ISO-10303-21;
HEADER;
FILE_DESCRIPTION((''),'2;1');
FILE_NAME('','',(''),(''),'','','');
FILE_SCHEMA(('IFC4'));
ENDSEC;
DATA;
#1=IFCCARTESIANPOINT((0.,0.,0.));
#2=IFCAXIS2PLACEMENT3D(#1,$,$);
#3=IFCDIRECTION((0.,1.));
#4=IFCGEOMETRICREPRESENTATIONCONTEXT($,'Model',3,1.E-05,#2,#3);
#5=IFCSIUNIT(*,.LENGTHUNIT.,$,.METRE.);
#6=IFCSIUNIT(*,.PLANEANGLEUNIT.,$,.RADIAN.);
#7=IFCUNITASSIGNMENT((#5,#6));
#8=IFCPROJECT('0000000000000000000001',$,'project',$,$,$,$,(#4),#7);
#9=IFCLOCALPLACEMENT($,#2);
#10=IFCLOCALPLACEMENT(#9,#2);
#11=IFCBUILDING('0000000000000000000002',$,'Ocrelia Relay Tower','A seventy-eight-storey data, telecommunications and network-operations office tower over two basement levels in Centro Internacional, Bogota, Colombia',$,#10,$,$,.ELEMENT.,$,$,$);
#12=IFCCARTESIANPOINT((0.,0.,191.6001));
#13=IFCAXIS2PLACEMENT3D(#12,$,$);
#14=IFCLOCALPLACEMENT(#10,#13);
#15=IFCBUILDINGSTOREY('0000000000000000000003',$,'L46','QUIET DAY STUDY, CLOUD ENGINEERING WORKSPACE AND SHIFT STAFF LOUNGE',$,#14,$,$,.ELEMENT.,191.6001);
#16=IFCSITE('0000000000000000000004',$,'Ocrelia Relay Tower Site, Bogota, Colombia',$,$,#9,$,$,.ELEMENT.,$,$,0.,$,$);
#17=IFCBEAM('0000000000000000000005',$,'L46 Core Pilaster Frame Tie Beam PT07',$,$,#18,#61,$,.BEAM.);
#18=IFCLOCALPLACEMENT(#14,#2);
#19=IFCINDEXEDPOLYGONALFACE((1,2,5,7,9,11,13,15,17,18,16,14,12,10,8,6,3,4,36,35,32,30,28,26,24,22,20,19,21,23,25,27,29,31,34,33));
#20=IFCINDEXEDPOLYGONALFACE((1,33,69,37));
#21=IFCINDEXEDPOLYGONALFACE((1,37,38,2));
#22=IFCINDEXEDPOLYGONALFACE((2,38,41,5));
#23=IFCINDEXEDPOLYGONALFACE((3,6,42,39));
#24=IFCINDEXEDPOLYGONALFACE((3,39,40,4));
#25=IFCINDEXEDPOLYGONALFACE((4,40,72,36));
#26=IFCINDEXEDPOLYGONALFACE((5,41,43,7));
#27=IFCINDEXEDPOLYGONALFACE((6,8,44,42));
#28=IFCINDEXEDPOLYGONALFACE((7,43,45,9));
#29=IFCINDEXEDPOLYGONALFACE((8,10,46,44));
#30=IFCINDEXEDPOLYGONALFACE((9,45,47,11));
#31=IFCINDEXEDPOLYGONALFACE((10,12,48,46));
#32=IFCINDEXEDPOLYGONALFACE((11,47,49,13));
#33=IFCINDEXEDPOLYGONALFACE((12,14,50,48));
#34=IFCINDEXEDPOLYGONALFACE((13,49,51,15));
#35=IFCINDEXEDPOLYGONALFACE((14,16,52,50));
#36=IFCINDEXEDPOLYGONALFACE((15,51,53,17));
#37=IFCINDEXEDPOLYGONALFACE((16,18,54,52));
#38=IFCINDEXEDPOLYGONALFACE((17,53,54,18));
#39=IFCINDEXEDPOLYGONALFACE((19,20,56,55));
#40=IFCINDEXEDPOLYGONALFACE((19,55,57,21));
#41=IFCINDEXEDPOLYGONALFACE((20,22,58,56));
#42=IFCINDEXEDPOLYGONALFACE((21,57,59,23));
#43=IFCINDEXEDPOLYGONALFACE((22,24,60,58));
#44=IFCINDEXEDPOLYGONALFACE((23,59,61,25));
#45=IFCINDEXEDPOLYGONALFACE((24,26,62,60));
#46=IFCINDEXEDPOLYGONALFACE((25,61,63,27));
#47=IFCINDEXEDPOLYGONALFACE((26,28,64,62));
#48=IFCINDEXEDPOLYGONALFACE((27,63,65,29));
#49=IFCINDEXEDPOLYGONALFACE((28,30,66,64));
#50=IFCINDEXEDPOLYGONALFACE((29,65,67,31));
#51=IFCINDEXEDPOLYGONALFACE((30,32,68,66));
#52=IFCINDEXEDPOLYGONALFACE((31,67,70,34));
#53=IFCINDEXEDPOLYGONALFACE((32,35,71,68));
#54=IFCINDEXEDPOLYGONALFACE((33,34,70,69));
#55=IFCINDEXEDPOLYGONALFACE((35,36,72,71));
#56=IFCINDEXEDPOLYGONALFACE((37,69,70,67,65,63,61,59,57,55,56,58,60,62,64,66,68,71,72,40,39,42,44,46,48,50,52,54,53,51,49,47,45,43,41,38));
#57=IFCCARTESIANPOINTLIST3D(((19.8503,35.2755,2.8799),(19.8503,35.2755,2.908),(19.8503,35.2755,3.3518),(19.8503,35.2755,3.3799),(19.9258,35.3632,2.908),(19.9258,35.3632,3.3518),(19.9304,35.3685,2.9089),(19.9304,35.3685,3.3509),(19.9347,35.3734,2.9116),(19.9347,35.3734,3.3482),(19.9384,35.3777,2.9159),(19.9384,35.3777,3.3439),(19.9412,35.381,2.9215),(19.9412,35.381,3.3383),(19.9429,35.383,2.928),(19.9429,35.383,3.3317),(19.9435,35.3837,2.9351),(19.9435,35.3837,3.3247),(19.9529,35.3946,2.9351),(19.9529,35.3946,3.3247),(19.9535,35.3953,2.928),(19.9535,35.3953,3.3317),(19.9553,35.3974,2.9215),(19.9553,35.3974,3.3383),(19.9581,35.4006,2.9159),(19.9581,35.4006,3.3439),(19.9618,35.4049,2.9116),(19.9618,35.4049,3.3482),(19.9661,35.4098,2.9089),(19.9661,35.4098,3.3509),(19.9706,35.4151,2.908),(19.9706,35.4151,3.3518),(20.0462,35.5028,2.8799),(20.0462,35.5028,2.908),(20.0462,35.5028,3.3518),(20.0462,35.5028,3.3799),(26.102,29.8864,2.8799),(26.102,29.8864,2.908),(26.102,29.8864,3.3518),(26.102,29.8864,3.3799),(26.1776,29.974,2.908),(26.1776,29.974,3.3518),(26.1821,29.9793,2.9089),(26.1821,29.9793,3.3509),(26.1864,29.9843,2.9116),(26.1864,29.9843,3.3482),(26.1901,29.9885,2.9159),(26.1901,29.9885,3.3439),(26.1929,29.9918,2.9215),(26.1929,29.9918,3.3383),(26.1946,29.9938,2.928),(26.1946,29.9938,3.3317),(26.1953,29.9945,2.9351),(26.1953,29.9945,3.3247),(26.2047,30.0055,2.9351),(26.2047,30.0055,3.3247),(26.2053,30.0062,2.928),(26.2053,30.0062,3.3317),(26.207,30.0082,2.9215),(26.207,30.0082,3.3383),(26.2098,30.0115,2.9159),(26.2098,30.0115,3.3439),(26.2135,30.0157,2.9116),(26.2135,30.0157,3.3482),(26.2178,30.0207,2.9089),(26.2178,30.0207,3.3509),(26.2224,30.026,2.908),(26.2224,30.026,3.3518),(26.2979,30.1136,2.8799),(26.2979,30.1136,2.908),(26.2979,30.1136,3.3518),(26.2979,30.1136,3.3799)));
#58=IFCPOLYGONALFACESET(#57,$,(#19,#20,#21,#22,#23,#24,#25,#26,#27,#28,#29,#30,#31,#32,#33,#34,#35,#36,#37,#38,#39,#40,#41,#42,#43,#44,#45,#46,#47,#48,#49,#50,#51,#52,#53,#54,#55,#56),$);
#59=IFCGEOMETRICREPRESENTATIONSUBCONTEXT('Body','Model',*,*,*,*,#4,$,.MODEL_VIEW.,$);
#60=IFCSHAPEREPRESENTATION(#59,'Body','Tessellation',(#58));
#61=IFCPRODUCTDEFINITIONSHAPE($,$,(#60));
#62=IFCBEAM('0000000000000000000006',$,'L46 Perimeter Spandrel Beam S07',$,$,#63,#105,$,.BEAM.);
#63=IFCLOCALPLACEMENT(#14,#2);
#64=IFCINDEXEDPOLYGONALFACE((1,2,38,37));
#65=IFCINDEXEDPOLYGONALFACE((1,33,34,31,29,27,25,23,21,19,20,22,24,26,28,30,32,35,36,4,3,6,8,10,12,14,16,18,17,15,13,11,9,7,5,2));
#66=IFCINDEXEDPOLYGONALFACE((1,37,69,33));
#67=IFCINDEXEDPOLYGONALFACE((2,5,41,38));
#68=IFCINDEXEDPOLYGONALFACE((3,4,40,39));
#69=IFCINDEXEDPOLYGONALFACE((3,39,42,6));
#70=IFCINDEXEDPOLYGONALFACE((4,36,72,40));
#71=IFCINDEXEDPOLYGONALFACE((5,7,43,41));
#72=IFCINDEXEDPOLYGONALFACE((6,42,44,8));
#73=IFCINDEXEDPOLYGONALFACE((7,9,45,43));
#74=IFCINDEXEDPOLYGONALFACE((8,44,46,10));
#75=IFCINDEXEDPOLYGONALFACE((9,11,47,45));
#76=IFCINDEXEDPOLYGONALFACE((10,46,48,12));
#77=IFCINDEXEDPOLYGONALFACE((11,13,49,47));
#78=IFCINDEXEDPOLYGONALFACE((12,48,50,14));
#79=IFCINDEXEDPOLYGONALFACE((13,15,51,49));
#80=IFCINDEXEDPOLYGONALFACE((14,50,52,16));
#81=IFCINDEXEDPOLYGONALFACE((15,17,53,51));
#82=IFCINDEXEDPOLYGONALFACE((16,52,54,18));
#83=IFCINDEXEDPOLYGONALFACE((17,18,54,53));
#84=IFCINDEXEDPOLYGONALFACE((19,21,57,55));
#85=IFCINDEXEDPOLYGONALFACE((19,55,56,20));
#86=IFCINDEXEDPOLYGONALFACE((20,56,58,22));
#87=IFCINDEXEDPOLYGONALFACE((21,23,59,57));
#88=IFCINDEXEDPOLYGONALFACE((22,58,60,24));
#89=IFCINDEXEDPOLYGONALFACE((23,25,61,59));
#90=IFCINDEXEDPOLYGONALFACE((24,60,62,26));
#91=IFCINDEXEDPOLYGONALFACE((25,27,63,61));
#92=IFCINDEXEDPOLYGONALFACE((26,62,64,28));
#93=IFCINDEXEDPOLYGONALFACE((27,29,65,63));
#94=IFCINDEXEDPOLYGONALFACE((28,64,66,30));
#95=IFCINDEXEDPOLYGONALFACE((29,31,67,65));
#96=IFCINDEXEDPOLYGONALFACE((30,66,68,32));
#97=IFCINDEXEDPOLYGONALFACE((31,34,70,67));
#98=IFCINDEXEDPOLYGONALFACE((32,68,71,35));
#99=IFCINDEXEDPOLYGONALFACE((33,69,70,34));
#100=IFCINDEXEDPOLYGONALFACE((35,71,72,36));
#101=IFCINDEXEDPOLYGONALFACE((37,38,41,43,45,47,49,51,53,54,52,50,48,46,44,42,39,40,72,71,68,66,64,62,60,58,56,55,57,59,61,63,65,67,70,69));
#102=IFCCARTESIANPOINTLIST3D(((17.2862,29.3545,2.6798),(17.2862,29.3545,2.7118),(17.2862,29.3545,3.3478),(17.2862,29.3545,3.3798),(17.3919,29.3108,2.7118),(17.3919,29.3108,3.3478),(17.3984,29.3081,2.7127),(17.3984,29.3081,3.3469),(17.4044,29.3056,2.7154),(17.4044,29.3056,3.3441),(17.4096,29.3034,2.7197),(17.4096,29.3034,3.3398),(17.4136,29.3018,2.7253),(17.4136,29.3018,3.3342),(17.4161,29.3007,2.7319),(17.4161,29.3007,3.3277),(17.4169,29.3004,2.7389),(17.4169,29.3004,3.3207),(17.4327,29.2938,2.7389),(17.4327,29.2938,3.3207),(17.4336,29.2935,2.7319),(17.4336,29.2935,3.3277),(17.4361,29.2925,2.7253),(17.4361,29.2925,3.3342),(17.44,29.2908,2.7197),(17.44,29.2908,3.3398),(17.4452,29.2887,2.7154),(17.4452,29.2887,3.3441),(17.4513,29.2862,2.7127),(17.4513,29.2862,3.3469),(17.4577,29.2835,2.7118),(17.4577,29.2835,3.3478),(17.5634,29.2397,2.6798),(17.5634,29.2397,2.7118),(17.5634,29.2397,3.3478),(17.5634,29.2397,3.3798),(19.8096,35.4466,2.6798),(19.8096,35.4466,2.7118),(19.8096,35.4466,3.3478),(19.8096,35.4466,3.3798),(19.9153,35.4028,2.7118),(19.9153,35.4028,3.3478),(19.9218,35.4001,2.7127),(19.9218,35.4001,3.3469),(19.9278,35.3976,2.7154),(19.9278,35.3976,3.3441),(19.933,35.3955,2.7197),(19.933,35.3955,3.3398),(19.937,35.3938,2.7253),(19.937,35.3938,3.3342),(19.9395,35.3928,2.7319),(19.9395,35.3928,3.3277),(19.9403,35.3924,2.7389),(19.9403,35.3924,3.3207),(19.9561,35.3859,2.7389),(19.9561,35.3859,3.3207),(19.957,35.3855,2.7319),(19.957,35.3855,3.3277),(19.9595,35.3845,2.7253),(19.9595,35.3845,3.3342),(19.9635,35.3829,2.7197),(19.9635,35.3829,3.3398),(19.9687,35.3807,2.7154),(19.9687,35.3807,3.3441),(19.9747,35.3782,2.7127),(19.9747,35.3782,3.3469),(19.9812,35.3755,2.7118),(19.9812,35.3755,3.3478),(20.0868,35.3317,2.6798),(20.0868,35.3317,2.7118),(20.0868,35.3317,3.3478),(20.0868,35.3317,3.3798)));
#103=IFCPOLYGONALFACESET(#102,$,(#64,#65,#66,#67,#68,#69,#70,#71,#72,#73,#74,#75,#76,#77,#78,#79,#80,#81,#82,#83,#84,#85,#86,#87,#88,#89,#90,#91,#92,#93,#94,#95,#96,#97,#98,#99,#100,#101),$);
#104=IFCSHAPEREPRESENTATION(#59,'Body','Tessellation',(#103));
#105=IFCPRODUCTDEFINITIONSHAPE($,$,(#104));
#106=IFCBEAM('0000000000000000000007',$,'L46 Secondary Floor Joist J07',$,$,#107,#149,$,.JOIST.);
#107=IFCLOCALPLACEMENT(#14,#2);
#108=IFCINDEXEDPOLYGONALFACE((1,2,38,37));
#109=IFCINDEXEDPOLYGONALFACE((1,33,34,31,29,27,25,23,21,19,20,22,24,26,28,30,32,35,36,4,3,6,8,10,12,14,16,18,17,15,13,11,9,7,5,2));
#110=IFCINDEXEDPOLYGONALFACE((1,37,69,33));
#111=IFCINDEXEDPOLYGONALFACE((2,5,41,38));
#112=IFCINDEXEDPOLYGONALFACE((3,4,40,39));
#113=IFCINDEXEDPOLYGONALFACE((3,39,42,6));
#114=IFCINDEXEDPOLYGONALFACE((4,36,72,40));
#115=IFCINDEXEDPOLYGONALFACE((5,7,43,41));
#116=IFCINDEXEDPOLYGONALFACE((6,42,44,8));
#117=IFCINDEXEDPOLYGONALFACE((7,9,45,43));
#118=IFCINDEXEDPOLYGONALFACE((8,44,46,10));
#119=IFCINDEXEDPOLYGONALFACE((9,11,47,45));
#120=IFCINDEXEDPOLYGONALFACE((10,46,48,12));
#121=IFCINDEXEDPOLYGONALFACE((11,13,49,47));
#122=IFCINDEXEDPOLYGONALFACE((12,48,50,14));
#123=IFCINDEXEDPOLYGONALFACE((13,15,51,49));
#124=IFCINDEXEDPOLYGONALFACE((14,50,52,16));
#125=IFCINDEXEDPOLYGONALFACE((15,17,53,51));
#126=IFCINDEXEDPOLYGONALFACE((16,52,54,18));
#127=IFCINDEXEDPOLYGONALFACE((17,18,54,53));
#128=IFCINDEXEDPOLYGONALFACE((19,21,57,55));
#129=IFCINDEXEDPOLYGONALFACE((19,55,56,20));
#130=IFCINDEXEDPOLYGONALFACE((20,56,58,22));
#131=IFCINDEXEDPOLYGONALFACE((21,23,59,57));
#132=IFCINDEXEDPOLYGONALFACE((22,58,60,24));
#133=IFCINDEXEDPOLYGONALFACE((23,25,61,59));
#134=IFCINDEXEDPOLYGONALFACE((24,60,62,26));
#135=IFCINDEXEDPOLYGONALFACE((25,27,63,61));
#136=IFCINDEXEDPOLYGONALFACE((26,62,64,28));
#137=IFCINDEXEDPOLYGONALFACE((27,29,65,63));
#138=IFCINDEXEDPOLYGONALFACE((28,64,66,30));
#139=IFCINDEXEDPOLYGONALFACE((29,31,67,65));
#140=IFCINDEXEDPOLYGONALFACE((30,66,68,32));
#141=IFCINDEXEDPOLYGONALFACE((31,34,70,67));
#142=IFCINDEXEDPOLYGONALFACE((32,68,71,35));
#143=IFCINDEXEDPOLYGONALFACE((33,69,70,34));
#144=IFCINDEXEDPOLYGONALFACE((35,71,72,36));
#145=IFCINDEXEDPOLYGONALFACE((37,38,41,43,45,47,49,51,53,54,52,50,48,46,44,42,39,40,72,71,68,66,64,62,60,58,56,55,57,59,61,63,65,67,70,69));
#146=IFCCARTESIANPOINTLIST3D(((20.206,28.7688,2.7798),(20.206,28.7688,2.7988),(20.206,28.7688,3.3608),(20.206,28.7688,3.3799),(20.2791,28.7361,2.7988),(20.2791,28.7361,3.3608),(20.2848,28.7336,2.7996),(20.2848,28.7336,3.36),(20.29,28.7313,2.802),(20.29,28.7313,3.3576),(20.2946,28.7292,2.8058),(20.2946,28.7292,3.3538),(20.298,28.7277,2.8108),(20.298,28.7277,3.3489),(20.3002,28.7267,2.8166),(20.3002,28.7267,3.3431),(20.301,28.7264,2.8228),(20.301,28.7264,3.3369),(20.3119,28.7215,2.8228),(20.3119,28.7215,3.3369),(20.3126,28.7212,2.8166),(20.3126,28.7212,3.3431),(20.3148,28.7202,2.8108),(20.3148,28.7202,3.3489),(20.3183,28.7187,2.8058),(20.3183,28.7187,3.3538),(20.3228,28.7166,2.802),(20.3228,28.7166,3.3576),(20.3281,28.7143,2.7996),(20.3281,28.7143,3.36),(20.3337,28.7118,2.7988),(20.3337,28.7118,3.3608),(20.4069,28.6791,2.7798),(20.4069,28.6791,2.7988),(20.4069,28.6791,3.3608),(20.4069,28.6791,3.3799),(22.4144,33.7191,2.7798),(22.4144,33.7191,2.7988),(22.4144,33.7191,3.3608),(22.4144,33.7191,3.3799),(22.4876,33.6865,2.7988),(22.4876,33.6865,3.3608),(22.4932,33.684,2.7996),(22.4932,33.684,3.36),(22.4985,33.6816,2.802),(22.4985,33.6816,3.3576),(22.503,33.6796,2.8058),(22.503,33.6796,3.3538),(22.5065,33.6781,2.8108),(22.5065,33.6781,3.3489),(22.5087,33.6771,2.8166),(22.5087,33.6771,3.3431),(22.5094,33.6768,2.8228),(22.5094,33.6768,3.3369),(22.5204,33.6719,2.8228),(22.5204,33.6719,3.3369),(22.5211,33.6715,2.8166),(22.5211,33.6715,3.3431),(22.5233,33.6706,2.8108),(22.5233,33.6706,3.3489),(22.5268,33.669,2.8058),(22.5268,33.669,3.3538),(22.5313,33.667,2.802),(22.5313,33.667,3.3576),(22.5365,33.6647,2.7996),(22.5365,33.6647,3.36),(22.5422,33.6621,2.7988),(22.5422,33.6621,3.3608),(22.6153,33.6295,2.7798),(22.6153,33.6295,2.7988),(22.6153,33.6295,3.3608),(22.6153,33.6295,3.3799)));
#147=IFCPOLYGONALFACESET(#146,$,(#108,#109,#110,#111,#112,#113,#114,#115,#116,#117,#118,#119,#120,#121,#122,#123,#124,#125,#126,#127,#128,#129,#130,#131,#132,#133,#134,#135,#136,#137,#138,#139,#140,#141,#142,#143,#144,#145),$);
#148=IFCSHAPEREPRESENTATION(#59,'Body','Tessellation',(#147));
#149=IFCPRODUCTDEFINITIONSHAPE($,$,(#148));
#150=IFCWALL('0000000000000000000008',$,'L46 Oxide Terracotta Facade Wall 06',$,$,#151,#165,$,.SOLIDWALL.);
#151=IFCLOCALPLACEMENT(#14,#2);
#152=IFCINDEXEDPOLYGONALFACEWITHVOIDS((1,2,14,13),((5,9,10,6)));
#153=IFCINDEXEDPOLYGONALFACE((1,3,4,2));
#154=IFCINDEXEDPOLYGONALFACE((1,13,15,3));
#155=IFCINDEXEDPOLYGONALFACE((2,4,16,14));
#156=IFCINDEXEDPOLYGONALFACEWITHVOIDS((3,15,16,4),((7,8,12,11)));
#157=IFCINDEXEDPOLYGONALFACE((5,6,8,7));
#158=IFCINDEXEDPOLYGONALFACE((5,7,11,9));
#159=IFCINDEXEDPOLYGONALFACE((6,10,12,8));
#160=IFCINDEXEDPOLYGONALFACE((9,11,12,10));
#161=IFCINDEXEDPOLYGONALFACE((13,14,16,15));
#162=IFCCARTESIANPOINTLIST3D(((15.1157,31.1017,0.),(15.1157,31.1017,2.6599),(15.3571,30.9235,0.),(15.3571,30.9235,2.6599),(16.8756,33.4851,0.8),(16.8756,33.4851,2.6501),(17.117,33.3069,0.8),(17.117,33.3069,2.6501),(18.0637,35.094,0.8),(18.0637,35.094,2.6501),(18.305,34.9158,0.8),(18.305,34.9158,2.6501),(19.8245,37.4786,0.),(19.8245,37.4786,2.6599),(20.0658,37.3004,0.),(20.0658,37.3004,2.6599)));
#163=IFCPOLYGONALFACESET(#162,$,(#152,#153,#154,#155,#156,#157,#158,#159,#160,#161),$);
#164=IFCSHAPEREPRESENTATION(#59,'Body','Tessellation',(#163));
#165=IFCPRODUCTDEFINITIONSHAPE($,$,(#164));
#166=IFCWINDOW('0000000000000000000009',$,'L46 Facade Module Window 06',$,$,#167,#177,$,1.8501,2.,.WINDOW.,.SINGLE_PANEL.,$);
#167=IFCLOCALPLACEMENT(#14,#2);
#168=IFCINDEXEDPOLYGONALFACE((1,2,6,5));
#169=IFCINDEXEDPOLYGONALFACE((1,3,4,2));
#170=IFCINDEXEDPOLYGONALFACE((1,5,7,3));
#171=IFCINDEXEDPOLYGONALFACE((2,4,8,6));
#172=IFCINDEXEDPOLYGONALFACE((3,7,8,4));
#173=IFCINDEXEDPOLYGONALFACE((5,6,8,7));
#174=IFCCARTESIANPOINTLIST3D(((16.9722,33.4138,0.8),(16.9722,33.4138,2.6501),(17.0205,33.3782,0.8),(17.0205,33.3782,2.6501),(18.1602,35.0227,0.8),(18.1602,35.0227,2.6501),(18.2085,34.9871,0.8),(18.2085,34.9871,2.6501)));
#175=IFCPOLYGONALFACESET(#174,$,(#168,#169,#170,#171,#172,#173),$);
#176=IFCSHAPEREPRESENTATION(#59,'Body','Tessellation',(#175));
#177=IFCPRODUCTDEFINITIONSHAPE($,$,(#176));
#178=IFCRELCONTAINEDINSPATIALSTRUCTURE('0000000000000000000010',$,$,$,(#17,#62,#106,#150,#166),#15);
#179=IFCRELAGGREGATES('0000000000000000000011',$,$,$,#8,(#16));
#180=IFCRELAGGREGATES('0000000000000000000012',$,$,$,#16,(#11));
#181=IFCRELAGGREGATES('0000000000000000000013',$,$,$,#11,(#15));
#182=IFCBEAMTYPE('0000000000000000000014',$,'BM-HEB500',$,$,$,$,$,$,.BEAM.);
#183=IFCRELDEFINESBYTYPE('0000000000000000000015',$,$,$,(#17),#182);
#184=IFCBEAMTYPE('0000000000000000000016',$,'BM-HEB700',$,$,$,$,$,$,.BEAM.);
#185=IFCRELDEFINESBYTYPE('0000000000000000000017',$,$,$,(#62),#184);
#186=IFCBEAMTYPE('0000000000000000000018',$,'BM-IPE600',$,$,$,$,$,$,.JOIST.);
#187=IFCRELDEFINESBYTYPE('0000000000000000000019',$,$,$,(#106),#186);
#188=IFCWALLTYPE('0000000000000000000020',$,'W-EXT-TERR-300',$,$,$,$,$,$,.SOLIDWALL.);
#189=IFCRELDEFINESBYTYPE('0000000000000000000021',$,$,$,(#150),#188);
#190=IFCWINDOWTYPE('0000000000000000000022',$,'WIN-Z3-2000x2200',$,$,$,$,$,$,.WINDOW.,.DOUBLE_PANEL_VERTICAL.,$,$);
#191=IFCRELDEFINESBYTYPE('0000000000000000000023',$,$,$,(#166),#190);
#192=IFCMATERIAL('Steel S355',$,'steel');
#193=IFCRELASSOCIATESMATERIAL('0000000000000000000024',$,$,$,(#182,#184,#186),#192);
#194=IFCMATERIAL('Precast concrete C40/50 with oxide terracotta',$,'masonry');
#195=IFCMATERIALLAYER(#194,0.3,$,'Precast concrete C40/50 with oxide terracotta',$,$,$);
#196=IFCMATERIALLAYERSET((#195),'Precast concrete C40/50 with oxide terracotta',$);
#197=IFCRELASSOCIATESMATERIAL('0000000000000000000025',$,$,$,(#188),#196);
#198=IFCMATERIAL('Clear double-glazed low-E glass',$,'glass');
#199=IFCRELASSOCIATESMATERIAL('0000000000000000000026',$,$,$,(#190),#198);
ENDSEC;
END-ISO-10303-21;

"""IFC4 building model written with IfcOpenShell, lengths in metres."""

from ifc_helpers import new_model, si_unit, direction, frame, frame_2d, origin, origin_2d, place, context, subcontext, project, spatial, rectangle, i_section, extrude, material, layer, layer_set, material_profile, profile_set, type_object, element, fill, save


model = new_model("IFC4")

# Units and contexts
model_context = context("Model", 3, precision=1e-05, world=origin(), true_north=direction((0.0, 1.0)))
body_context = subcontext(model_context, "Body", "Model", "MODEL_VIEW")
ifc_project = project(units=[si_unit("LENGTHUNIT", "METRE"), si_unit("PLANEANGLEUNIT", "RADIAN")], contexts=[model_context])

# Site, building, storey
site_placement = place(None, origin())
site = spatial("IfcSite", under=ifc_project, at=site_placement, Name="Ocrelia Relay Tower Site, Bogota, Colombia", CompositionType="ELEMENT", RefElevation=0.0)
building_placement = place(site_placement, origin())
building = spatial("IfcBuilding", under=site, at=building_placement, Name="Ocrelia Relay Tower", Description="A seventy-eight-storey data, telecommunications and network-operations office tower over two basement levels in Centro Internacional, Bogota, Colombia", CompositionType="ELEMENT")
storey_placement = place(building_placement, frame((0.0, 0.0, 191.6001)))
storey = spatial("IfcBuildingStorey", under=building, at=storey_placement, Name="L46", Description="QUIET DAY STUDY, CLOUD ENGINEERING WORKSPACE AND SHIFT STAFF LOUNGE", CompositionType="ELEMENT", Elevation=191.6001)

# Beams
ifc_material_1 = material(Name="Steel S355", Category="steel")
ifc_material_profile_1 = material_profile(ifc_material_1, i_section(OverallWidth=0.3, OverallDepth=0.5, WebThickness=0.0144, FlangeThickness=0.0281, FilletRadius=0.0271, at=origin_2d()), Name="HEB 500")
ifc_profile_set_1 = profile_set([ifc_material_profile_1], Name="Steel S355")
beam_type_1 = type_object("IfcBeamType", Name="BM-HEB500", PredefinedType="BEAM", material=ifc_profile_set_1)
beam_1_placement = place(storey_placement, frame((19.9482, 35.3892, 3.1299), z_axis=(0.757425, -0.652923, 0.0), x_axis=(0.652923, 0.757425, 0.0)))
element("IfcBeam", 1, at=beam_1_placement, inside=storey, type_object=beam_type_1, Name="L46 Core Pilaster Frame Tie Beam PT07", PredefinedType="BEAM", context=body_context, shape_type="SweptSolid", body=[
    extrude(i_section(OverallWidth=0.3, OverallDepth=0.5, WebThickness=0.0144, FlangeThickness=0.0281, FilletRadius=0.0271, at=origin_2d()), origin(), (0.0, 0.0, 1.0), 8.2539),
])
ifc_material_profile_2 = material_profile(ifc_material_1, i_section(OverallWidth=0.3, OverallDepth=0.7, WebThickness=0.0171, FlangeThickness=0.032, FilletRadius=0.0271, at=origin_2d()), Name="HEB 700")
ifc_profile_set_2 = profile_set([ifc_material_profile_2], Name="Steel S355")
beam_type_2 = type_object("IfcBeamType", Name="BM-HEB700", PredefinedType="BEAM", material=ifc_profile_set_2)
beam_2_placement = place(storey_placement, frame((19.9482, 35.3892, 3.0298), z_axis=(-0.382688, -0.923878, 0.0), x_axis=(0.923878, -0.382688, 0.0)))
element("IfcBeam", 2, at=beam_2_placement, inside=storey, type_object=beam_type_2, Name="L46 Perimeter Spandrel Beam S07", PredefinedType="BEAM", context=body_context, shape_type="SweptSolid", body=[
    extrude(i_section(OverallWidth=0.3, OverallDepth=0.7, WebThickness=0.0171, FlangeThickness=0.032, FilletRadius=0.0271, at=origin_2d()), origin(), (0.0, 0.0, 1.0), 6.594),
])
ifc_material_profile_3 = material_profile(ifc_material_1, i_section(OverallWidth=0.22, OverallDepth=0.6001, WebThickness=0.012, FlangeThickness=0.019, FilletRadius=0.0239, at=origin_2d()), Name="IPE 600")
ifc_profile_set_3 = profile_set([ifc_material_profile_3], Name="Steel S355")
beam_type_3 = type_object("IfcBeamType", Name="BM-IPE600", PredefinedType="JOIST", material=ifc_profile_set_3)
beam_3_placement = place(storey_placement, frame((22.5149, 33.6743, 3.0798), z_axis=(-0.407417, -0.913242, 0.0), x_axis=(0.913242, -0.407417, 0.0)))
element("IfcBeam", 3, at=beam_3_placement, inside=storey, type_object=beam_type_3, Name="L46 Secondary Floor Joist J07", PredefinedType="JOIST", context=body_context, shape_type="SweptSolid", body=[
    extrude(i_section(OverallWidth=0.22, OverallDepth=0.6001, WebThickness=0.012, FlangeThickness=0.019, FilletRadius=0.0239, at=origin_2d()), origin(), (0.0, 0.0, 1.0), 5.4207),
])

# Wall, opening, window
ifc_material_2 = material(Name="Precast concrete C40/50 with oxide terracotta", Category="masonry")
ifc_layer_1 = layer(ifc_material_2, 0.3, Name="Precast concrete C40/50 with oxide terracotta")
ifc_layer_set_1 = layer_set([ifc_layer_1], Name="Precast concrete C40/50 with oxide terracotta")
wall_type_1 = type_object("IfcWallType", Name="W-EXT-TERR-300", PredefinedType="SOLIDWALL", material=ifc_layer_set_1)
wall_1_placement = place(storey_placement, frame((19.9451, 37.3894, 0.0), z_axis=(0.0, 0.0, 1.0), x_axis=(-0.594011, -0.804457, 0.0)))
wall_1 = element("IfcWall", 4, at=wall_1_placement, inside=storey, type_object=wall_type_1, Name="L46 Oxide Terracotta Facade Wall 06", PredefinedType="SOLIDWALL", context=body_context, shape_type="SweptSolid", body=[
    extrude(rectangle(XDim=7.927, YDim=0.3, at=frame_2d((3.9634, 0.0))), origin(), (0.0, 0.0, 1.0), 2.6599),
])
opening_placement = place(wall_1_placement, frame((2.9641, 0.0, 0.8)))
opening = element("IfcOpeningElement", 5, at=opening_placement, cuts=wall_1, PredefinedType="OPENING", context=body_context, shape_type="SweptSolid", body=[
    extrude(rectangle(XDim=2.0, YDim=1.8501, at=frame_2d((1.0, 0.925))), frame((0.0, 0.1602, 0.0), z_axis=(0.0, -1.0, 0.0), x_axis=(1.0, 0.0, 0.0)), (0.0, 0.0, 1.0), 0.3201),
])
ifc_material_3 = material(Name="Clear double-glazed low-E glass", Category="glass")
window_type = type_object("IfcWindowType", Name="WIN-Z3-2000x2200", PartitioningType="DOUBLE_PANEL_VERTICAL", PredefinedType="WINDOW", material=ifc_material_3)
window_placement = place(opening_placement, origin())
window = element("IfcWindow", 6, at=window_placement, inside=storey, type_object=window_type, Name="L46 Facade Module Window 06", OverallHeight=1.8501, OverallWidth=2.0, PartitioningType="SINGLE_PANEL", PredefinedType="WINDOW", context=body_context, shape_type="SweptSolid", body=[
    extrude(rectangle(XDim=2.0, YDim=1.8501, at=frame_2d((1.0, 0.925))), frame((0.0, 0.03, 0.0), z_axis=(0.0, -1.0, 0.0), x_axis=(1.0, 0.0, 0.0)), (0.0, 0.0, 1.0), 0.0601),
])
fill(opening, window)

save(model, "model.ifc")
